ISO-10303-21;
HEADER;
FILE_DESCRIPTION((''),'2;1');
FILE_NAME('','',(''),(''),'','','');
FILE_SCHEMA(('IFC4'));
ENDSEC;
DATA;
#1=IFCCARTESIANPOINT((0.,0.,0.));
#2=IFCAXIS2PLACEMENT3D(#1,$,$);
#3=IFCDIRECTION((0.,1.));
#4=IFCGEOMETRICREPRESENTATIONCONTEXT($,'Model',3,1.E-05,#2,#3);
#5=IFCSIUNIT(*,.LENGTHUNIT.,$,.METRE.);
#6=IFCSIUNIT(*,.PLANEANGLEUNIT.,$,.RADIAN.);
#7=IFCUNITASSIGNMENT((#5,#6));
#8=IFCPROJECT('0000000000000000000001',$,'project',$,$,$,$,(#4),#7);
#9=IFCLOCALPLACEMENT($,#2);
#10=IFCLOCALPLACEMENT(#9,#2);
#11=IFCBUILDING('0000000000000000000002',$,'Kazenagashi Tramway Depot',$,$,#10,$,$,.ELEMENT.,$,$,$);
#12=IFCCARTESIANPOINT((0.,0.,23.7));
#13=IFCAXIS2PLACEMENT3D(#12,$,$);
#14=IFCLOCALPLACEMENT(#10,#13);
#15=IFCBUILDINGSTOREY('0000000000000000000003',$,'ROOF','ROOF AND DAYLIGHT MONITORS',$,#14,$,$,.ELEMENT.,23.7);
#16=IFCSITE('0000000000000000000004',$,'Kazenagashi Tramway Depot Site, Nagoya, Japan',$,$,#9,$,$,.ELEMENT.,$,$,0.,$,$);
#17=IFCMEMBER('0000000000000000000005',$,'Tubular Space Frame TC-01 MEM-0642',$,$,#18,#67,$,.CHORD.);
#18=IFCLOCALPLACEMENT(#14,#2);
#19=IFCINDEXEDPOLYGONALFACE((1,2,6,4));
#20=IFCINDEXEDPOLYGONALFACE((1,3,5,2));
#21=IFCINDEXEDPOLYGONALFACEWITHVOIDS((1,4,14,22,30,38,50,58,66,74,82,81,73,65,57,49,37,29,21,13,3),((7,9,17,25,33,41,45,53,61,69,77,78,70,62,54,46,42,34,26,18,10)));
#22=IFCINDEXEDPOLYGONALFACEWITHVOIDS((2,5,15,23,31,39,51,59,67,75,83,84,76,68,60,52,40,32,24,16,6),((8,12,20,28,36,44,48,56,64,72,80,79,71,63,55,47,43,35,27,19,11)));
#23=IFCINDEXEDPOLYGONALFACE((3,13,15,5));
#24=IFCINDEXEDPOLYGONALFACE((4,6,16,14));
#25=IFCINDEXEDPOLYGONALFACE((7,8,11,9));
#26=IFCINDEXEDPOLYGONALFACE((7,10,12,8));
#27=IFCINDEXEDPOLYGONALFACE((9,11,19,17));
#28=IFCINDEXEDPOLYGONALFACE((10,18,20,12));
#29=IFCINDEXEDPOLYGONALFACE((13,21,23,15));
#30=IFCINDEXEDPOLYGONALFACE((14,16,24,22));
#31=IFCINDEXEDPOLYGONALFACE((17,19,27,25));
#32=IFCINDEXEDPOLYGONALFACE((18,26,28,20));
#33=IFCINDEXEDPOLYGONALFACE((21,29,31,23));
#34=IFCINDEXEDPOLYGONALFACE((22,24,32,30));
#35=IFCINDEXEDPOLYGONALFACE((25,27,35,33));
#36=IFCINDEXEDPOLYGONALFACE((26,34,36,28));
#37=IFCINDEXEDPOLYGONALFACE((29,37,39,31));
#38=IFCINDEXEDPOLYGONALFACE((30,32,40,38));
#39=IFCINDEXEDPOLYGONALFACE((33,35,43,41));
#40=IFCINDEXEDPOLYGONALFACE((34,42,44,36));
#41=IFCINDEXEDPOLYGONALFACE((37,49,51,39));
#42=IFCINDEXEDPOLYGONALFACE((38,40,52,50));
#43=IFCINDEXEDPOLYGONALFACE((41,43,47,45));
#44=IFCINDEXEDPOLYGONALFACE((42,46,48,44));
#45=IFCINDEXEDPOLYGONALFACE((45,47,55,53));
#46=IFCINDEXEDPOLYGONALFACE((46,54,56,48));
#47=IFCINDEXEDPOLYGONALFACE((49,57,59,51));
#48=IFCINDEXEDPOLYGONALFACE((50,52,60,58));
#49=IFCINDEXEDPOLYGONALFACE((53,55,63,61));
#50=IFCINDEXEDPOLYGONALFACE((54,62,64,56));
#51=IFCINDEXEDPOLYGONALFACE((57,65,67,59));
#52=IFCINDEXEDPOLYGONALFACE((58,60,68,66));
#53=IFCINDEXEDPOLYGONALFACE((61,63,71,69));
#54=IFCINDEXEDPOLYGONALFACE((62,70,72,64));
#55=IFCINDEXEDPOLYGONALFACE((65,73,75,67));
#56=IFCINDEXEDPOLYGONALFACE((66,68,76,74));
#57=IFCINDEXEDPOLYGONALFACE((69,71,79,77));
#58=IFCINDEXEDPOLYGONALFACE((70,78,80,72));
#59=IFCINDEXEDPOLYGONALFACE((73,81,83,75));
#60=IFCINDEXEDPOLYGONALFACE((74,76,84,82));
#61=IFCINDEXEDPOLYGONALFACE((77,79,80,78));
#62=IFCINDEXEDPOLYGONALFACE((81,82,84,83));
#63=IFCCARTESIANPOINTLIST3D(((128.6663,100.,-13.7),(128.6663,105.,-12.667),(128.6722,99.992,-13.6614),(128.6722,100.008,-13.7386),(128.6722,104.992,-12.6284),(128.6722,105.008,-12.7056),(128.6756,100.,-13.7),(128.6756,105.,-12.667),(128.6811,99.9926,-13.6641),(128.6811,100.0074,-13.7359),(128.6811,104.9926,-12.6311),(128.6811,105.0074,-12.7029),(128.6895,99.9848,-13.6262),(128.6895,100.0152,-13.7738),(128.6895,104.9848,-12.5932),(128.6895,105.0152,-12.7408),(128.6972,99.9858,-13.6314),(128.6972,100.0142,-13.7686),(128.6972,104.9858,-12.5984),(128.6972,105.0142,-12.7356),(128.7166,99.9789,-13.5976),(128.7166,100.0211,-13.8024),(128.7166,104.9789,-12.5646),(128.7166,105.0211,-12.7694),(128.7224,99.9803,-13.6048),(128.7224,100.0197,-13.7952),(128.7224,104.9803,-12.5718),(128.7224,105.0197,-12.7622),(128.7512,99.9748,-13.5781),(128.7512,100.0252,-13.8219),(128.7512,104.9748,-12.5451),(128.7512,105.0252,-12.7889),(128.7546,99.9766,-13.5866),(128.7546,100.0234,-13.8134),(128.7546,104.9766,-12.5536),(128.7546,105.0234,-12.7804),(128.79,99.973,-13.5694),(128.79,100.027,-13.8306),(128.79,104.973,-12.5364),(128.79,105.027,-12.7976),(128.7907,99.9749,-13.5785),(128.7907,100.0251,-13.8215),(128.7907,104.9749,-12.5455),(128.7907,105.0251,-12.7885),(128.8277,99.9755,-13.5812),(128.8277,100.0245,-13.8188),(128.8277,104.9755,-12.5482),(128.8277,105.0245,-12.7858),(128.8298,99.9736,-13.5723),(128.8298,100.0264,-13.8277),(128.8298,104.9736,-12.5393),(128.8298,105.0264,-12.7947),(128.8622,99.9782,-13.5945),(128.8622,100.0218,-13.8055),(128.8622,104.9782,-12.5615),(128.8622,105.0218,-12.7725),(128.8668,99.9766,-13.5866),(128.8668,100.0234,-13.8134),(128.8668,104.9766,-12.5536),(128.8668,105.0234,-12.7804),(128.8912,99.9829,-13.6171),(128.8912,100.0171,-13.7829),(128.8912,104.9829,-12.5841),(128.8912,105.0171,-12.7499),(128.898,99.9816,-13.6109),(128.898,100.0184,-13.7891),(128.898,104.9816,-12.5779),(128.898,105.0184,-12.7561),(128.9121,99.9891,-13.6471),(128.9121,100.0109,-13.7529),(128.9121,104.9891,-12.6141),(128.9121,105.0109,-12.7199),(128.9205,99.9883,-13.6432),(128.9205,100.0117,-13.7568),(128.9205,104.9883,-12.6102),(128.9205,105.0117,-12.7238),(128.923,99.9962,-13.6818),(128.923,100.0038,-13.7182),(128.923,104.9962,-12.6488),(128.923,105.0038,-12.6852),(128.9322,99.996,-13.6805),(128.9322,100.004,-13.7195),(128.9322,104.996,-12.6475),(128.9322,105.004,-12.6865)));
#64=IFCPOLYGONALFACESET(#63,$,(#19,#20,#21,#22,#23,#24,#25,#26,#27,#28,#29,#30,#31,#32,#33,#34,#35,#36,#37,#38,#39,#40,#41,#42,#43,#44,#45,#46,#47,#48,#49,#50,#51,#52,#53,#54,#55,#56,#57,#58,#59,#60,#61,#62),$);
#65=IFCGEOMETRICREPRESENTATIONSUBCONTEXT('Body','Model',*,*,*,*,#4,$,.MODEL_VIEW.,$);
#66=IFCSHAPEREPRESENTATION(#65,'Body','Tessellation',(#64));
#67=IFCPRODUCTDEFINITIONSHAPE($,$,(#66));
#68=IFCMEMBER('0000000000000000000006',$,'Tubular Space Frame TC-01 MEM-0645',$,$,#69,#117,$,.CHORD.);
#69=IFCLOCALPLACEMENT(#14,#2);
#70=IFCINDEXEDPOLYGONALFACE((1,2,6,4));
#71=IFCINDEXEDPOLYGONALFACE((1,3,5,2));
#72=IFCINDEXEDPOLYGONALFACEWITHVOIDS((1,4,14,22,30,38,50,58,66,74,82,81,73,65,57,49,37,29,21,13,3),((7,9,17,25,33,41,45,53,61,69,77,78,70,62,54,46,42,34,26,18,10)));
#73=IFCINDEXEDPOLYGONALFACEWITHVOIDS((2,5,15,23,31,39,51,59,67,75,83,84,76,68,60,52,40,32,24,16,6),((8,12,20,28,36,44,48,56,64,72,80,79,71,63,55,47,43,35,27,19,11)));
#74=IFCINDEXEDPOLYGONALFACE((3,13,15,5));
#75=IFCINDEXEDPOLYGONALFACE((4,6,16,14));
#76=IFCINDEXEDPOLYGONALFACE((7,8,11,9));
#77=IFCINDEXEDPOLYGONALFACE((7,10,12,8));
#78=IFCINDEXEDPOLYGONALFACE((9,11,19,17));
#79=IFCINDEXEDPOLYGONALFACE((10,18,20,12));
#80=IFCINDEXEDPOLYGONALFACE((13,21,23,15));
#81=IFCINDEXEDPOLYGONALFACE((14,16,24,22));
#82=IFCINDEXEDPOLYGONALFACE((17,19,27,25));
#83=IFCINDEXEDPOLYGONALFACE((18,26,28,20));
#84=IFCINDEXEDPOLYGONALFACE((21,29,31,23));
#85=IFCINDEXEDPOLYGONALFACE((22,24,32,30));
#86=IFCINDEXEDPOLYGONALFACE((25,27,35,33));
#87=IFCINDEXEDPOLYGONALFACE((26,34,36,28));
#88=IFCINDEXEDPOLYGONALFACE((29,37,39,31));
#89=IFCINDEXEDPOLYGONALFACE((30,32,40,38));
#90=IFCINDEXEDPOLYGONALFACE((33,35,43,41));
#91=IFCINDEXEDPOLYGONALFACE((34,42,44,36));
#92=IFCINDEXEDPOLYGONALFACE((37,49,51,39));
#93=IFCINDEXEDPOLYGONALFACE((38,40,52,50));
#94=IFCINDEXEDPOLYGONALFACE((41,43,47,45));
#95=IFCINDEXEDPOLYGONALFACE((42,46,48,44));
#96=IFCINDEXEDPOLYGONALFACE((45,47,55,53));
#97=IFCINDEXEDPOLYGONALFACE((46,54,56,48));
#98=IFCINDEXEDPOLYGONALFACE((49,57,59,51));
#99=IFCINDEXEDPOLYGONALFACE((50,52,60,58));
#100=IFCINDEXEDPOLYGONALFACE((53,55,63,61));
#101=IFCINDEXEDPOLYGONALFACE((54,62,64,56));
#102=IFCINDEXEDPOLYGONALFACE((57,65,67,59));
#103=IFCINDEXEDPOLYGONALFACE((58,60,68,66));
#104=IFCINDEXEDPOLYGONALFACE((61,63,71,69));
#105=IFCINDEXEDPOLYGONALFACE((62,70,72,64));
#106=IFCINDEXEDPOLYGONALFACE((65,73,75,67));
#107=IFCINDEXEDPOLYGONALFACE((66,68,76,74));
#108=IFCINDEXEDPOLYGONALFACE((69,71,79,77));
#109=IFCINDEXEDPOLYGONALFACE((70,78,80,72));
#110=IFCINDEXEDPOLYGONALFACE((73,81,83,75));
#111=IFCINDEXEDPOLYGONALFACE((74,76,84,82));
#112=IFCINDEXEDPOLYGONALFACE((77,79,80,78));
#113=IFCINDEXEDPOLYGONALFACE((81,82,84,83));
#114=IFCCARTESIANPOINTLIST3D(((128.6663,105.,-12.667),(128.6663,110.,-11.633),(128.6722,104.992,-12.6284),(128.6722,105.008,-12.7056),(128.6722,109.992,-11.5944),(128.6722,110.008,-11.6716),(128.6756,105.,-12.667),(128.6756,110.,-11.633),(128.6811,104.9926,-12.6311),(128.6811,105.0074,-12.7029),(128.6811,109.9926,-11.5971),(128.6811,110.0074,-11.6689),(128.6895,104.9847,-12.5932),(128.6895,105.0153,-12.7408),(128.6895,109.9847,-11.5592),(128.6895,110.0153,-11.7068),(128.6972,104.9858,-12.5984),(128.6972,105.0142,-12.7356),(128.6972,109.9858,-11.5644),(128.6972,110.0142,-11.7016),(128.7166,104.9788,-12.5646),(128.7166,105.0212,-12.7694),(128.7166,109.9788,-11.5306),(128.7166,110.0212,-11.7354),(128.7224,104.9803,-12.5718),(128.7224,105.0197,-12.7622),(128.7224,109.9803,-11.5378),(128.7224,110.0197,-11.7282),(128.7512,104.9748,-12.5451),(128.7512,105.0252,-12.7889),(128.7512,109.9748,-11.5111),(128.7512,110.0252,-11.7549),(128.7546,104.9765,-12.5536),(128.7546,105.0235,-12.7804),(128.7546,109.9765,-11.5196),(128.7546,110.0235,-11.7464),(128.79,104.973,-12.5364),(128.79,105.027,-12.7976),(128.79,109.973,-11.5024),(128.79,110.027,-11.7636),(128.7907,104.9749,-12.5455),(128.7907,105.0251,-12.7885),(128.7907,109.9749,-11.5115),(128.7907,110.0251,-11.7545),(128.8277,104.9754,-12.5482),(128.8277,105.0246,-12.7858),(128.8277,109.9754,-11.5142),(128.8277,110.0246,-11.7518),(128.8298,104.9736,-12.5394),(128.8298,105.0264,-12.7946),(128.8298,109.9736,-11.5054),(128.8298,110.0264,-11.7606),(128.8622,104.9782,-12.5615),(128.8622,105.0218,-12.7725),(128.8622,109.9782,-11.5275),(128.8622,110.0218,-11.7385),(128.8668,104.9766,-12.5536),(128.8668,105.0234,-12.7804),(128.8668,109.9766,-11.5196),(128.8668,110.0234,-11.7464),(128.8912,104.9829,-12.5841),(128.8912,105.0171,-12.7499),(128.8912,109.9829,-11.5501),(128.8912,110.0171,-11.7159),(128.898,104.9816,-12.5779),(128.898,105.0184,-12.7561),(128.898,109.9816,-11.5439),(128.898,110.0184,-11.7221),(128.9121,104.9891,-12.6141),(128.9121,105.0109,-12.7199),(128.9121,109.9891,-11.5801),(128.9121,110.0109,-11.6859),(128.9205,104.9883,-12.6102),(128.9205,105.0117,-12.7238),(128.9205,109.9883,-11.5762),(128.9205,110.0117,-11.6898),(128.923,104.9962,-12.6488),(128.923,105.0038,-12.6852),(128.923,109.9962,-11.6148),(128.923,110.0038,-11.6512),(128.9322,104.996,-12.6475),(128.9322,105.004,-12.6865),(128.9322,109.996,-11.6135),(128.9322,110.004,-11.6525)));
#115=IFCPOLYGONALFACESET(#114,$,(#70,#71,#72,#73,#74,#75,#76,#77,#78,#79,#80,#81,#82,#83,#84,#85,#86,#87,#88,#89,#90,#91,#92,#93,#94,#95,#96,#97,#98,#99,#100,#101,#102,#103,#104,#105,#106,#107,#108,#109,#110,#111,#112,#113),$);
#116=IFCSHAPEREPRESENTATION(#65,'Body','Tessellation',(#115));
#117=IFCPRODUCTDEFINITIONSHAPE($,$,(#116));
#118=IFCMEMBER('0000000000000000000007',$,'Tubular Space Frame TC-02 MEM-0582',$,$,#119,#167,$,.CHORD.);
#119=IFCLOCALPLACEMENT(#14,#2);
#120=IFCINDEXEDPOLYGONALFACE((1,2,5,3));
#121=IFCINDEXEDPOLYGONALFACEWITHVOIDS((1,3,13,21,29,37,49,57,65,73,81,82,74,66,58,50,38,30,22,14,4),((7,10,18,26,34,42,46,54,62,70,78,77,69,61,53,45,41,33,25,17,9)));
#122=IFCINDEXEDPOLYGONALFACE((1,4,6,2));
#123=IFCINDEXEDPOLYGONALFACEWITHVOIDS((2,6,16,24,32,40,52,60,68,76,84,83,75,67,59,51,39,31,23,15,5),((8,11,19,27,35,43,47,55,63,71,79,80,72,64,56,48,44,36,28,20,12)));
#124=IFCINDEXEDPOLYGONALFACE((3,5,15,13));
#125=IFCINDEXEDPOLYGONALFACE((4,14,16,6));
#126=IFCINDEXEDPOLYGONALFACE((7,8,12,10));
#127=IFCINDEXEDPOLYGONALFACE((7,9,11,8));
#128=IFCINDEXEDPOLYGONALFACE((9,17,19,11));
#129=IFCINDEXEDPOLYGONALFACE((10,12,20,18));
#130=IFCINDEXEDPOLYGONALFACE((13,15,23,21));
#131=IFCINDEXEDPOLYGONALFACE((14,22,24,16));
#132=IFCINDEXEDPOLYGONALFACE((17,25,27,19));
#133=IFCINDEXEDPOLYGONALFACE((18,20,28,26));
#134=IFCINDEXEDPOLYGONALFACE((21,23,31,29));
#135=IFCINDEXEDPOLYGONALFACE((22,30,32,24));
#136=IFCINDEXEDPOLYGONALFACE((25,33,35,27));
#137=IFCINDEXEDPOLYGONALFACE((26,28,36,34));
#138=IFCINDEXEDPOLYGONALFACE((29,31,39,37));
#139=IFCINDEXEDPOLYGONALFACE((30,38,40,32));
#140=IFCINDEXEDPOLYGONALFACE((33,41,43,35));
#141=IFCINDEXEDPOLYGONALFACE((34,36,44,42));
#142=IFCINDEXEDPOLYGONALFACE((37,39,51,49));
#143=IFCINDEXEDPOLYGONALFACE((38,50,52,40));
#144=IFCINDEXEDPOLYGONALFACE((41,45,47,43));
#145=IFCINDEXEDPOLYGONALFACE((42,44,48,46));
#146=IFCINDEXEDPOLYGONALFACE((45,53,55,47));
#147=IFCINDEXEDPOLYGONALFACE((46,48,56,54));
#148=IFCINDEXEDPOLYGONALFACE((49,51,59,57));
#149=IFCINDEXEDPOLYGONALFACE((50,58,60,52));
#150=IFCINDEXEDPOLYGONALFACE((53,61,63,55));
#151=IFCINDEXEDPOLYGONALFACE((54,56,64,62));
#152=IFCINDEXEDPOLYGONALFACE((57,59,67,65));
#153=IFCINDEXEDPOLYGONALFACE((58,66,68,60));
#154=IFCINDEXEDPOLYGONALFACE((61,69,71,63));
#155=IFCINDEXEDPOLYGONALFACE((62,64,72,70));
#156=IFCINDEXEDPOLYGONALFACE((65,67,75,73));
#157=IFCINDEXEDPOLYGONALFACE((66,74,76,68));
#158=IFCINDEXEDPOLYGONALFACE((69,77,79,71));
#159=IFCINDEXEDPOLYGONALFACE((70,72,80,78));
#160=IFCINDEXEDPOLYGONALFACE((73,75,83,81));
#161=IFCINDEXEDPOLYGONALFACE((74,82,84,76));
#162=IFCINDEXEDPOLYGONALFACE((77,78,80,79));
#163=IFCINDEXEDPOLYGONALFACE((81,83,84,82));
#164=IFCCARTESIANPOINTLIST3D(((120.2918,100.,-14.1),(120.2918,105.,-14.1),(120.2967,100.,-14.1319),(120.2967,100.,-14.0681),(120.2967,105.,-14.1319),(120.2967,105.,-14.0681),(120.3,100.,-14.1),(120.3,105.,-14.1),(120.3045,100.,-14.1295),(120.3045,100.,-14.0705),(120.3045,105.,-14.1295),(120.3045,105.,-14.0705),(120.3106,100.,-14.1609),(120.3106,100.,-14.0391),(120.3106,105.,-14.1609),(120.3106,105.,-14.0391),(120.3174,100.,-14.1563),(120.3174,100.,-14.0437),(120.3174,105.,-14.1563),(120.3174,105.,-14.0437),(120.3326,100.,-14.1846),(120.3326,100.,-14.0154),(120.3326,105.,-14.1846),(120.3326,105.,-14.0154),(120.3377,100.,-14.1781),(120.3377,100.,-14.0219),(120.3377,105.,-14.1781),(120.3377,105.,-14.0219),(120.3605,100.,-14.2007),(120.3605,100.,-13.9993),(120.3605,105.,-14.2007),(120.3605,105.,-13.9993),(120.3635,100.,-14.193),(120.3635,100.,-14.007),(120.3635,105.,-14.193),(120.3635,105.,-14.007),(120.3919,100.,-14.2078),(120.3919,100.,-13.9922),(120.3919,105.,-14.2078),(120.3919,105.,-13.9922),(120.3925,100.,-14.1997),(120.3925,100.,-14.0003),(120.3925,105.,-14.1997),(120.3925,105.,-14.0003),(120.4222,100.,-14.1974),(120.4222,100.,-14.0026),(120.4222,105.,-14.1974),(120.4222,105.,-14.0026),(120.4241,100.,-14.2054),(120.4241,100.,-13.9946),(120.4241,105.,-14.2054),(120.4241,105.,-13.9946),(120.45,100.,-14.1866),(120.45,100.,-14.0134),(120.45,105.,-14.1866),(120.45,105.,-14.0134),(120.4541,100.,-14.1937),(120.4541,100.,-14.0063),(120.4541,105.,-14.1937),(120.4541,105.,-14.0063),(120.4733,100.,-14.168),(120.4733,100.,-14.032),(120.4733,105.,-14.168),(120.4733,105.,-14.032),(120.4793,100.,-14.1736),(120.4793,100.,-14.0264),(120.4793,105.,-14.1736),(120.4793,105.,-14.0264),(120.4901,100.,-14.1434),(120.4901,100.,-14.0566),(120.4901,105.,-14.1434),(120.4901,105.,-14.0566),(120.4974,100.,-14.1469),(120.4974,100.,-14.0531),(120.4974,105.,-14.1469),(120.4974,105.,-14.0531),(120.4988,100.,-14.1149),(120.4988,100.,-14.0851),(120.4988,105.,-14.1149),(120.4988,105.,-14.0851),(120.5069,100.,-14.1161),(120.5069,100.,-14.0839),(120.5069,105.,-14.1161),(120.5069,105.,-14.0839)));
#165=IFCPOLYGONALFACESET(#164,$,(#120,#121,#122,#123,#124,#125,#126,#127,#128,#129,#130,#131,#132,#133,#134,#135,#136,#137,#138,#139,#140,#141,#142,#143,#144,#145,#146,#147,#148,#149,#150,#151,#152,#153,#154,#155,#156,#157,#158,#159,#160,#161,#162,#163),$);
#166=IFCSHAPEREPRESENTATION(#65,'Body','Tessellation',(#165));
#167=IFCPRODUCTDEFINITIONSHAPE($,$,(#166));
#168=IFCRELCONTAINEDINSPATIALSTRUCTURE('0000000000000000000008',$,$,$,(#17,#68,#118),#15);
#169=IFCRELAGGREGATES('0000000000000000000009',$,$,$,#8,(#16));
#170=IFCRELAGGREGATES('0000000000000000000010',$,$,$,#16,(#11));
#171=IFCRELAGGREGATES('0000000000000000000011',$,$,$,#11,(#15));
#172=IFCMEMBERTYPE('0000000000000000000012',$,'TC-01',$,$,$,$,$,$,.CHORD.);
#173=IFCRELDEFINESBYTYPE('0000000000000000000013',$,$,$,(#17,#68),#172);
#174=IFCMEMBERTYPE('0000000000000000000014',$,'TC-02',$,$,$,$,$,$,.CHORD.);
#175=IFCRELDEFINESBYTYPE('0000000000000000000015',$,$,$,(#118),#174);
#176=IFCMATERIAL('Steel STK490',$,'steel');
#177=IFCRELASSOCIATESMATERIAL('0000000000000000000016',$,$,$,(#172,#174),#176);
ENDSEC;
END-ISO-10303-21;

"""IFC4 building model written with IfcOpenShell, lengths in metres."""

from ifc_helpers import new_model, si_unit, direction, frame, origin, origin_2d, place, context, subcontext, project, spatial, hollow_circle, extrude, material, material_profile, profile_set, type_object, element, save


model = new_model("IFC4")

# Units and contexts
model_context = context("Model", 3, precision=1e-05, world=origin(), true_north=direction((0.0, 1.0)))
body_context = subcontext(model_context, "Body", "Model", "MODEL_VIEW")
ifc_project = project(units=[si_unit("LENGTHUNIT", "METRE"), si_unit("PLANEANGLEUNIT", "RADIAN")], contexts=[model_context])

# Site, building, storey
site_placement = place(None, origin())
site = spatial("IfcSite", under=ifc_project, at=site_placement, Name="Kazenagashi Tramway Depot Site, Nagoya, Japan", CompositionType="ELEMENT", RefElevation=0.0)
building_placement = place(site_placement, origin())
building = spatial("IfcBuilding", under=site, at=building_placement, Name="Kazenagashi Tramway Depot", CompositionType="ELEMENT")
storey_placement = place(building_placement, frame((0.0, 0.0, 23.7)))
storey = spatial("IfcBuildingStorey", under=building, at=storey_placement, Name="ROOF", Description="ROOF AND DAYLIGHT MONITORS", CompositionType="ELEMENT", Elevation=23.7)

# Members
ifc_material_1 = material(Name="Steel STK490", Category="steel")
ifc_material_profile_1 = material_profile(ifc_material_1, hollow_circle(Radius=0.1337, WallThickness=0.0093, at=origin_2d()), Name="CHS-267.4x9.3")
ifc_profile_set_1 = profile_set([ifc_material_profile_1], Name="Steel STK490")
member_type_1 = type_object("IfcMemberType", Name="TC-01", PredefinedType="CHORD", material=ifc_profile_set_1)
for number, where, z_axis, x_axis, name in (
    (1, (128.8, 100.0, -13.7), (0.0, 0.979318, 0.202327), (-1.0, 0.0, 0.0), "Tubular Space Frame TC-01 MEM-0642"),
):
    element("IfcMember", number, at=place(storey_placement, frame(where, z_axis=z_axis, x_axis=x_axis)), inside=storey, type_object=member_type_1, Name=name, PredefinedType="CHORD", context=body_context, shape_type="SweptSolid", body=[
        extrude(hollow_circle(Radius=0.1337, WallThickness=0.0093, at=origin_2d()), origin(), (0.0, 0.0, 1.0), 5.1056),
    ])
member_1_placement = place(storey_placement, frame((128.8, 105.0, -12.667), z_axis=(0.0, 0.979279, 0.202515), x_axis=(-1.0, 0.0, 0.0)))
element("IfcMember", 2, at=member_1_placement, inside=storey, type_object=member_type_1, Name="Tubular Space Frame TC-01 MEM-0645", PredefinedType="CHORD", context=body_context, shape_type="SweptSolid", body=[
    extrude(hollow_circle(Radius=0.1337, WallThickness=0.0093, at=origin_2d()), origin(), (0.0, 0.0, 1.0), 5.1058),
])
ifc_material_profile_2 = material_profile(ifc_material_1, hollow_circle(Radius=0.1081, WallThickness=0.0082, at=origin_2d()), Name="CHS-216.3x8.2")
ifc_profile_set_2 = profile_set([ifc_material_profile_2], Name="Steel STK490")
member_type_2 = type_object("IfcMemberType", Name="TC-02", PredefinedType="CHORD", material=ifc_profile_set_2)
for number, where, z_axis, x_axis, name in (
    (3, (120.4, 100.0, -14.1), (0.0, 1.0, 0.0), (-1.0, 0.0, 0.0), "Tubular Space Frame TC-02 MEM-0582"),
):
    element("IfcMember", number, at=place(storey_placement, frame(where, z_axis=z_axis, x_axis=x_axis)), inside=storey, type_object=member_type_2, Name=name, PredefinedType="CHORD", context=body_context, shape_type="SweptSolid", body=[
        extrude(hollow_circle(Radius=0.1081, WallThickness=0.0082, at=origin_2d()), origin(), (0.0, 0.0, 1.0), 5.0),
    ])

save(model, "model.ifc")
